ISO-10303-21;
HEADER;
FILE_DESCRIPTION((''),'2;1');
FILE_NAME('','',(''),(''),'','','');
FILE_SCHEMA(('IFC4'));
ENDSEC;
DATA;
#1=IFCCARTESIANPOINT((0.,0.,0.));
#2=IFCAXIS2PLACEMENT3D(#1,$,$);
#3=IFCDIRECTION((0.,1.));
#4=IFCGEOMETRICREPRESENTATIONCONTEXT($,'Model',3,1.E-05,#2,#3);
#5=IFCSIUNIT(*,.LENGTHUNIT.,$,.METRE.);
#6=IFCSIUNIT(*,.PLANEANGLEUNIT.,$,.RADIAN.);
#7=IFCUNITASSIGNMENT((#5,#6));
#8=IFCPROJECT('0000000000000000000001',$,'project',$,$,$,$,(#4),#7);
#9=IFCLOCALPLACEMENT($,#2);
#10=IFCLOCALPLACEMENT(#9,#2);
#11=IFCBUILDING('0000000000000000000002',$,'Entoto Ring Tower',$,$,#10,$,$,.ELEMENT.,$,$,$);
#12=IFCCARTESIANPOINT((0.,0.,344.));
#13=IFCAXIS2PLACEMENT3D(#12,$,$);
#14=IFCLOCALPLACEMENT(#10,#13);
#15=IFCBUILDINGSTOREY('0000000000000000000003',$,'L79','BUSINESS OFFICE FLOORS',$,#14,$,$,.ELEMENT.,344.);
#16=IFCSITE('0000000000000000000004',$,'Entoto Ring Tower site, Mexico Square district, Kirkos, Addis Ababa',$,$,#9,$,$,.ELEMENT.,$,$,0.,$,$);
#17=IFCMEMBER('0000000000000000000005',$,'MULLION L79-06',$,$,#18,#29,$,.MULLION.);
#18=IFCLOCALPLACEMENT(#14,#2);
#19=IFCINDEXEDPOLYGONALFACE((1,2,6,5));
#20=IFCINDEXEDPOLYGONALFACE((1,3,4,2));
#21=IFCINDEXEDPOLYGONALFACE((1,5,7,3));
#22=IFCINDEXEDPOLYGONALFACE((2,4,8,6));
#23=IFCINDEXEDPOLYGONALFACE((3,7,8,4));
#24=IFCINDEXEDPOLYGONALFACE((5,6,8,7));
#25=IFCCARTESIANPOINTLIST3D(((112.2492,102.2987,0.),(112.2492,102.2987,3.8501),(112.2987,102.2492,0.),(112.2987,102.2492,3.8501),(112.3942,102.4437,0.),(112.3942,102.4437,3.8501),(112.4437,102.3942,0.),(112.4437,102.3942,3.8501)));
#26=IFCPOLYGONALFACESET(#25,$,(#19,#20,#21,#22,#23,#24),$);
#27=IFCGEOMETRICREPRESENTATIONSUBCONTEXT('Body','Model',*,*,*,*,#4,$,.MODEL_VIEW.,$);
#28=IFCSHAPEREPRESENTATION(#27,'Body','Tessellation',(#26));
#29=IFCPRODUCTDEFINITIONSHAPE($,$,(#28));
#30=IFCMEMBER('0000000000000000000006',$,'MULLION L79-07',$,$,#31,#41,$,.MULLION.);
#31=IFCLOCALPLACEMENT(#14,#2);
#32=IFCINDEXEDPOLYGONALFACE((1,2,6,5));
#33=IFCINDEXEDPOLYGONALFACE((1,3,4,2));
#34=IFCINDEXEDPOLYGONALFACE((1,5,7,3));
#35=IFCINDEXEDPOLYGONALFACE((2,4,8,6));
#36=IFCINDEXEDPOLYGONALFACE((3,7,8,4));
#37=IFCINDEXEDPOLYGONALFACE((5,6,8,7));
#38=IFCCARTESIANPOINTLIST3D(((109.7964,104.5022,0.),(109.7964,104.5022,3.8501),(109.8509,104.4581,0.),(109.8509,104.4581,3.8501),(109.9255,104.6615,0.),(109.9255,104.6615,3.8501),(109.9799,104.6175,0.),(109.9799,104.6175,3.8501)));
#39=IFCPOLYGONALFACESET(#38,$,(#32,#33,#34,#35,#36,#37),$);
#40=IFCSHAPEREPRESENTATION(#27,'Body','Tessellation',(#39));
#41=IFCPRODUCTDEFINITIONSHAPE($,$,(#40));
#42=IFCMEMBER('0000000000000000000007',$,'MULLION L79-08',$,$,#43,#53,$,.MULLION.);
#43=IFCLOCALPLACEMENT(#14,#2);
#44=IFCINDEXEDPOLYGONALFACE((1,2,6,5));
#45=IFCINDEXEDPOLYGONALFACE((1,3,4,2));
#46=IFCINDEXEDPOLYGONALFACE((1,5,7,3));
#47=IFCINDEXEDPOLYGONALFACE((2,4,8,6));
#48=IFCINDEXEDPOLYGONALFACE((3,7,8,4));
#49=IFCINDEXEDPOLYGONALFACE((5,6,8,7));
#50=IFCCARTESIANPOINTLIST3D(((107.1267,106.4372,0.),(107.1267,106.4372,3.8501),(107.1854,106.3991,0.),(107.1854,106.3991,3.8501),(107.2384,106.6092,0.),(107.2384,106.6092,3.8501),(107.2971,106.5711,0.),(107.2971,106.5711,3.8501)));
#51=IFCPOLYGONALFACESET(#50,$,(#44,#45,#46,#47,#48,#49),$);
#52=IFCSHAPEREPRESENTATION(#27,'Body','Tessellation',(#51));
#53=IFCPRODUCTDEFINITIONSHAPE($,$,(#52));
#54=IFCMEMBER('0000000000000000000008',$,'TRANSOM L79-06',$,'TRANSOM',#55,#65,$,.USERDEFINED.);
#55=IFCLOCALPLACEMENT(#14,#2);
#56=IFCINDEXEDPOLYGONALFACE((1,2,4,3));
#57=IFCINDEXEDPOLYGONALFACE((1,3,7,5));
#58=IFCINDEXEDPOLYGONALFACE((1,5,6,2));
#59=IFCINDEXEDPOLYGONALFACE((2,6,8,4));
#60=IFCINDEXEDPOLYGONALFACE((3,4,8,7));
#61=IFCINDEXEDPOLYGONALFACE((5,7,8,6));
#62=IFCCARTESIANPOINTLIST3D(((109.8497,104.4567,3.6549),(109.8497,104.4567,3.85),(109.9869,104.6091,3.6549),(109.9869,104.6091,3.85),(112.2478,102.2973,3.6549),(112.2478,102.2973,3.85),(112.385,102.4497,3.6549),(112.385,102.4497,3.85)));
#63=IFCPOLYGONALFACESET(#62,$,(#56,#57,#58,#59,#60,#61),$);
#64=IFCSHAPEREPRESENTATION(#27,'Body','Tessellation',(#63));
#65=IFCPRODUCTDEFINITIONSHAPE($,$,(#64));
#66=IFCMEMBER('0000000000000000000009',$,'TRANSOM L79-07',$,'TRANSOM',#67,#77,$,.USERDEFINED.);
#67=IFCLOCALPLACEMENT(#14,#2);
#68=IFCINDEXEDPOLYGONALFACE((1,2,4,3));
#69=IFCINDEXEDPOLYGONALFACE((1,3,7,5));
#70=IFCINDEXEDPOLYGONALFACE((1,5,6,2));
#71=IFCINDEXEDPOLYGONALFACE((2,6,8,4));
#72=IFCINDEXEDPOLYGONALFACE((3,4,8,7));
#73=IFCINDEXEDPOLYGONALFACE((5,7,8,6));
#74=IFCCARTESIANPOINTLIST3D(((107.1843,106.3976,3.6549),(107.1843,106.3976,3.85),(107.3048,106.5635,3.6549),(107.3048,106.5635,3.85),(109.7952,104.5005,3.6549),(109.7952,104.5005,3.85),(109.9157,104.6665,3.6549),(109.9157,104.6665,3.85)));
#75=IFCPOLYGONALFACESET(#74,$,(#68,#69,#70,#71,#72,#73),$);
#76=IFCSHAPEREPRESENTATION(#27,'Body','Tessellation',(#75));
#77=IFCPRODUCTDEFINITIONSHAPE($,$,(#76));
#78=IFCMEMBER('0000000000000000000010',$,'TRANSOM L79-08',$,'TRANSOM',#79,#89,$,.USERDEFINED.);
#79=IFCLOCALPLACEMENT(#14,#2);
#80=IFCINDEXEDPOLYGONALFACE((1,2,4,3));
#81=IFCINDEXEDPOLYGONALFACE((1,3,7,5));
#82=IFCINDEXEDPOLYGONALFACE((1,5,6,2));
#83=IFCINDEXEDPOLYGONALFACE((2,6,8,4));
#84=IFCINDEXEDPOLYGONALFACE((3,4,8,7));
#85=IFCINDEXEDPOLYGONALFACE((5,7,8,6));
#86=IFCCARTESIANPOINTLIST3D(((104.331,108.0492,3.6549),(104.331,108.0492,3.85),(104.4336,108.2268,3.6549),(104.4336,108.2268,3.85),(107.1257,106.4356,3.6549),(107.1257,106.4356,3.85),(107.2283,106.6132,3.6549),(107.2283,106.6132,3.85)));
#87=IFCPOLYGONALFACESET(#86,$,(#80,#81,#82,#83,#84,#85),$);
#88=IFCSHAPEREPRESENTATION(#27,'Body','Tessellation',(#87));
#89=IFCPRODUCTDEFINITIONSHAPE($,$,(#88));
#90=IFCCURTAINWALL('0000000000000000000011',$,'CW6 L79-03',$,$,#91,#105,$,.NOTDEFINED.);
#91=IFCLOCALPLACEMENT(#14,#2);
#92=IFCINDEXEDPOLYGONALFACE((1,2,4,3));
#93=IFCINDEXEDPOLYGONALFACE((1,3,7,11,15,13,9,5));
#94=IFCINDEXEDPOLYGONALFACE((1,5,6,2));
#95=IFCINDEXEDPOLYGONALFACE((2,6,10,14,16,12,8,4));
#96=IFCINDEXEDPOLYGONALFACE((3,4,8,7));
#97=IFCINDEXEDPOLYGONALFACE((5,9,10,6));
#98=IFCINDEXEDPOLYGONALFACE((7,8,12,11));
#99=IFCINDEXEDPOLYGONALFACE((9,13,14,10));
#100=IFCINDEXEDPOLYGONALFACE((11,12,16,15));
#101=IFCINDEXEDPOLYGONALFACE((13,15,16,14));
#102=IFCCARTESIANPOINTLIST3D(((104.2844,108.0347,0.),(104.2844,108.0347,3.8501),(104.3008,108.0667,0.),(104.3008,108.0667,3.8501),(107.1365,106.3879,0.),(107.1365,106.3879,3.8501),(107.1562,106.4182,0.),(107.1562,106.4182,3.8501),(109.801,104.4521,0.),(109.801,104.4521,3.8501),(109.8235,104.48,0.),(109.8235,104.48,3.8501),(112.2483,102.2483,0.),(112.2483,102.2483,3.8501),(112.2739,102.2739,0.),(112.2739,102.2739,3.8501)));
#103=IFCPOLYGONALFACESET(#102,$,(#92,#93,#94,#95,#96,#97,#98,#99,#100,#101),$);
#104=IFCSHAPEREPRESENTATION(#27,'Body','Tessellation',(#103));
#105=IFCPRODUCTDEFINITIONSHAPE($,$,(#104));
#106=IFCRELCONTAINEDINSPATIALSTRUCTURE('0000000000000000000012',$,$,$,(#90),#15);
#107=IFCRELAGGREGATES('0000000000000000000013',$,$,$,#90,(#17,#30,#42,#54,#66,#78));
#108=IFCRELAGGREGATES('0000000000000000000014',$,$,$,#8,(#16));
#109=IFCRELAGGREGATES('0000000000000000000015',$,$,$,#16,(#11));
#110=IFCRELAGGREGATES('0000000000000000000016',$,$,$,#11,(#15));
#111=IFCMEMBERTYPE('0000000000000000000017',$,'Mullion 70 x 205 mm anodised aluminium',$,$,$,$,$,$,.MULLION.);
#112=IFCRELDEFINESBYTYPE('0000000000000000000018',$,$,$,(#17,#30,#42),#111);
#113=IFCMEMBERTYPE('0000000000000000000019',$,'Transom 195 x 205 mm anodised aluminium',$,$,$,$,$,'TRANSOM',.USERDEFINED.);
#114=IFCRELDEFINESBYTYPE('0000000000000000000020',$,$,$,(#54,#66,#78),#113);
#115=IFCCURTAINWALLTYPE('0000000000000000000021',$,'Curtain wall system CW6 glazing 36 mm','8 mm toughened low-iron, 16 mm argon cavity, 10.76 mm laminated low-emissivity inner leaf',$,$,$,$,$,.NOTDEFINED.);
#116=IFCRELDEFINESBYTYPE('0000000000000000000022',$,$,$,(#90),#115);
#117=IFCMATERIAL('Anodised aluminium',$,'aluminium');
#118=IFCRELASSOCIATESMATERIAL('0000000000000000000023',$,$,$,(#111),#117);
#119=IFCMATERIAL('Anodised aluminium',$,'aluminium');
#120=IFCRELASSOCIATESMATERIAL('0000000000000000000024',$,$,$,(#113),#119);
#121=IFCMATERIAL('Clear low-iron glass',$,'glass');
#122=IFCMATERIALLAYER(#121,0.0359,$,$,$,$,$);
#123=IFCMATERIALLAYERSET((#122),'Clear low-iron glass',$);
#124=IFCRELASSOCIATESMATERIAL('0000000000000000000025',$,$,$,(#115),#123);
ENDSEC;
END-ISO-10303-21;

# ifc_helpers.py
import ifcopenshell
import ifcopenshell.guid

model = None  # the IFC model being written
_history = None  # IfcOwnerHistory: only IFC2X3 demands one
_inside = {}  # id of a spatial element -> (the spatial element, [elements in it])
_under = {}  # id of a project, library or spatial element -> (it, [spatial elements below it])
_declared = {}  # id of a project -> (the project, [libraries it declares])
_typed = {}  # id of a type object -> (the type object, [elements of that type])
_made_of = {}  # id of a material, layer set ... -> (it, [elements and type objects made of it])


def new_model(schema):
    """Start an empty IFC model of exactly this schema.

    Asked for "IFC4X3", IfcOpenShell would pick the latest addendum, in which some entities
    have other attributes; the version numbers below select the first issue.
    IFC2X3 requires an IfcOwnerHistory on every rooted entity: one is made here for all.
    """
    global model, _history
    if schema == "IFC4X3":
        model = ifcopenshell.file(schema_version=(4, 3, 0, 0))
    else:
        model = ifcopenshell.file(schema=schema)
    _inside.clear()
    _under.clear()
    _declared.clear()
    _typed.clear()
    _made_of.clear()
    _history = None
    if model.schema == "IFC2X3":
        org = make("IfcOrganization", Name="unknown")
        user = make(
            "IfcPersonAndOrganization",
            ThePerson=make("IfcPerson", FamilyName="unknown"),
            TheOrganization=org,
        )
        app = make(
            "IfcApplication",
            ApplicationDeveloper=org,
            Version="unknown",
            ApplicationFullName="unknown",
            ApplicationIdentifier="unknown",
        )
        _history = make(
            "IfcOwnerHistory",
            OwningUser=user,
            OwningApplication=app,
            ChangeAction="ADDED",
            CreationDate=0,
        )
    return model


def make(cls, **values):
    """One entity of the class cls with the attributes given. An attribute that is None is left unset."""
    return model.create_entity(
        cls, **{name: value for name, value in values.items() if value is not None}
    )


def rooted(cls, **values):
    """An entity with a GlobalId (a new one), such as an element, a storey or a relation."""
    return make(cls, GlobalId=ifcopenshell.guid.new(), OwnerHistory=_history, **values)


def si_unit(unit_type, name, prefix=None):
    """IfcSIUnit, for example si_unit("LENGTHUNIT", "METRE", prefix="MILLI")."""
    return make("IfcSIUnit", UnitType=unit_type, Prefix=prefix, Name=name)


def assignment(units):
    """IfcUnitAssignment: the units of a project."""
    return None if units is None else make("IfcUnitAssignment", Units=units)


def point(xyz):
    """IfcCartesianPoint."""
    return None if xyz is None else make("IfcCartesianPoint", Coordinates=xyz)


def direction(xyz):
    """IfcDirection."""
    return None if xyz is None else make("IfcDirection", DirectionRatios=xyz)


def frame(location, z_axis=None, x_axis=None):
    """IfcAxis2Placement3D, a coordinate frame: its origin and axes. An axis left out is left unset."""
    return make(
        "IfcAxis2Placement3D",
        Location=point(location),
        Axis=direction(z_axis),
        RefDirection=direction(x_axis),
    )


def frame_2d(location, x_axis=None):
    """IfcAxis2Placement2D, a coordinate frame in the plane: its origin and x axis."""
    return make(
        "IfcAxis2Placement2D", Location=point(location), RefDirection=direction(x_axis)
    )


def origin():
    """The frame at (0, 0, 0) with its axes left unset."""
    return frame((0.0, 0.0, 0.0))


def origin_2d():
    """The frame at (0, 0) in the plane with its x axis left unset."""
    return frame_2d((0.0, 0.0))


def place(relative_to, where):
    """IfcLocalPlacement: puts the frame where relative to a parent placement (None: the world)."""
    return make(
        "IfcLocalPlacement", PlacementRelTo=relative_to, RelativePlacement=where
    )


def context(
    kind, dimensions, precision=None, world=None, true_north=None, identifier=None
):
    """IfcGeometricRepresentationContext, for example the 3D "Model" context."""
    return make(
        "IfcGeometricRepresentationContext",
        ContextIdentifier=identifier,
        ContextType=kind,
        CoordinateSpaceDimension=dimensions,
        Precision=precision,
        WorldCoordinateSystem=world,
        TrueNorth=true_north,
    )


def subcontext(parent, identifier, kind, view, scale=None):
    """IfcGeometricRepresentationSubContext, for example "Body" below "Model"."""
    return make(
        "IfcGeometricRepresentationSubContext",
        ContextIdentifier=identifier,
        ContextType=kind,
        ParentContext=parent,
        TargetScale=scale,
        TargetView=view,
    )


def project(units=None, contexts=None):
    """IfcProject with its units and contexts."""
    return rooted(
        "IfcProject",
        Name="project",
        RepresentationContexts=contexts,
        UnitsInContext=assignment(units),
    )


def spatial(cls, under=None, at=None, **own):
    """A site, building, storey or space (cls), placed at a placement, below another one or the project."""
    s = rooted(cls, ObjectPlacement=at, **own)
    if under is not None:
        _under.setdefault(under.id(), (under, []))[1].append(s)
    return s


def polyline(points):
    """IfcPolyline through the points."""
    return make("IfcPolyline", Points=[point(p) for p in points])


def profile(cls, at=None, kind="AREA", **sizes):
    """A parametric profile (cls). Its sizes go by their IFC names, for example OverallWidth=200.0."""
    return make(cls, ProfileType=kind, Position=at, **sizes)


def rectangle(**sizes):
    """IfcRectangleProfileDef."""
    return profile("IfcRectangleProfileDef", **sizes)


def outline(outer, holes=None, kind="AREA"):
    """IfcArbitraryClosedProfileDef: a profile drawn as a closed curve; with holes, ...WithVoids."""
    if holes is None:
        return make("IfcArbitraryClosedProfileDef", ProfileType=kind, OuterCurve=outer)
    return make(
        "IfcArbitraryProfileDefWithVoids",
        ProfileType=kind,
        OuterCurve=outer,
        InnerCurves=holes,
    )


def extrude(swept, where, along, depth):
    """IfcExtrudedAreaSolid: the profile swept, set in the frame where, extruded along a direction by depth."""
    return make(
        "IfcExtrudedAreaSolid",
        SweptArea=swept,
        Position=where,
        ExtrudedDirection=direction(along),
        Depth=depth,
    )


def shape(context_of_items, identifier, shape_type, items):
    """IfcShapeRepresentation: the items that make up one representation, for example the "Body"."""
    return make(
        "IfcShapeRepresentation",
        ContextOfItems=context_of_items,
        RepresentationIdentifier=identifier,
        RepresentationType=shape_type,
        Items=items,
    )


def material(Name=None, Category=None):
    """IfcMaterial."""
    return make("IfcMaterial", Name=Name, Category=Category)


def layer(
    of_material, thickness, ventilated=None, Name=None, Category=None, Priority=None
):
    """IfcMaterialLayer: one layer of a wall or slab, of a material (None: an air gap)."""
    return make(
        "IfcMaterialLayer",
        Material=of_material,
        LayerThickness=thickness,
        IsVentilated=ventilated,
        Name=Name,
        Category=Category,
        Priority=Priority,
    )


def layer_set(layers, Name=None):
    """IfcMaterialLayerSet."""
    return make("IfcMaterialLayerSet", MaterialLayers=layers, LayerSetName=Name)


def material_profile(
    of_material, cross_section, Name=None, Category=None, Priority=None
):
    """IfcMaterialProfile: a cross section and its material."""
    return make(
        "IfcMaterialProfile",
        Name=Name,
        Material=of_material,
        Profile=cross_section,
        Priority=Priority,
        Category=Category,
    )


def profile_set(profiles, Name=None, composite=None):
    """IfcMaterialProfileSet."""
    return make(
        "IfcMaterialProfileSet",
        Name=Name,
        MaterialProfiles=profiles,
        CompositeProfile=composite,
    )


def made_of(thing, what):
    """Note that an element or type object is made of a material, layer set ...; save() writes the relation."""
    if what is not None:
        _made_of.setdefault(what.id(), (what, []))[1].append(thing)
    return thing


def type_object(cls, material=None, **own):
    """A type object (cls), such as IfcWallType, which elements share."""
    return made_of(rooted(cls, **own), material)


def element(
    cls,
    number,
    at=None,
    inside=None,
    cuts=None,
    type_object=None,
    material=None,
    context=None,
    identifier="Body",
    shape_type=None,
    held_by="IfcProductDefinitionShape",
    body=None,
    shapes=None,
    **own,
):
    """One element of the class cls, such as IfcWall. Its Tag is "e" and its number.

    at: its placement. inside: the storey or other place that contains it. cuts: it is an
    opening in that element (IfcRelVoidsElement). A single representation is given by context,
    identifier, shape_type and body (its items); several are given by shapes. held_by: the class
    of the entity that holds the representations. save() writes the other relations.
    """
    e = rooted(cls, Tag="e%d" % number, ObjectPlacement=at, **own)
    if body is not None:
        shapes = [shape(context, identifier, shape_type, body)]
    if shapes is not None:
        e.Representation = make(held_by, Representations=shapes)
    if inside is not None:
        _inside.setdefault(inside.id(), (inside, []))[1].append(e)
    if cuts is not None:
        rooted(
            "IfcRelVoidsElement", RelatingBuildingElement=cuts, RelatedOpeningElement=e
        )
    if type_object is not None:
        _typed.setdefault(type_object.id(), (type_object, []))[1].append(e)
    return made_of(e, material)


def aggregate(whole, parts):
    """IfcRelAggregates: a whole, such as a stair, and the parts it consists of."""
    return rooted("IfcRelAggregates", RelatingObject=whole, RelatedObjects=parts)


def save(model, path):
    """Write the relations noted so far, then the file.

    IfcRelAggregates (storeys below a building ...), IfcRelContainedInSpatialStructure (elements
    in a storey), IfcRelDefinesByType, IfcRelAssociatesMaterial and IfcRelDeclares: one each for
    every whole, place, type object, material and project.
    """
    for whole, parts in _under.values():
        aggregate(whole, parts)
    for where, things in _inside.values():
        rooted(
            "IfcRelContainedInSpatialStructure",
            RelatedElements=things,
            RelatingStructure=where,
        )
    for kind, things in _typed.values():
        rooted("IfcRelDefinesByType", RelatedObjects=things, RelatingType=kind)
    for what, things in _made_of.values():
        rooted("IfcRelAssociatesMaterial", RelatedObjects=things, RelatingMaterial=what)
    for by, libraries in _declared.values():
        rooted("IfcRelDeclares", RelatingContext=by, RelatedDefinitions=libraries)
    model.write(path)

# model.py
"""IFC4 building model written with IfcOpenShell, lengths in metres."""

from ifc_helpers import new_model, si_unit, direction, frame, origin, origin_2d, place, context, subcontext, project, spatial, polyline, rectangle, outline, extrude, material, layer, layer_set, material_profile, profile_set, type_object, element, aggregate, save


model = new_model("IFC4")

# Units and contexts
model_context = context("Model", 3, precision=1e-05, world=origin(), true_north=direction((0.0, 1.0)))
body_context = subcontext(model_context, "Body", "Model", "MODEL_VIEW")
ifc_project = project(units=[si_unit("LENGTHUNIT", "METRE"), si_unit("PLANEANGLEUNIT", "RADIAN")], contexts=[model_context])

# Members
ifc_material_1 = material(Name="Anodised aluminium", Category="aluminium")
ifc_material_profile_1 = material_profile(ifc_material_1, rectangle(XDim=0.0701, YDim=0.2051, at=origin_2d()), Name="Mullion 70 x 205 mm anodised aluminium")
ifc_profile_set_1 = profile_set([ifc_material_profile_1], Name="Anodised aluminium")
member_type_1 = type_object("IfcMemberType", Name="Mullion 70 x 205 mm anodised aluminium", PredefinedType="MULLION", material=ifc_profile_set_1)
site_placement = place(None, origin())
building_placement = place(site_placement, origin())
storey_placement = place(building_placement, frame((0.0, 0.0, 344.0)))
member_1_placement = place(storey_placement, frame((112.3464, 102.3464, 0.0), z_axis=(0.0, 0.0, 1.0), x_axis=(-0.707107, 0.707107, 0.0)))
member_1 = element("IfcMember", 1, at=member_1_placement, type_object=member_type_1, Name="MULLION L79-06", PredefinedType="MULLION", context=body_context, shape_type="SweptSolid", body=[
    extrude(rectangle(XDim=0.0701, YDim=0.2051, at=origin_2d()), origin(), (0.0, 0.0, 1.0), 3.8501),
])
member_2_placement = place(storey_placement, frame((109.8882, 104.5598, 0.0), z_axis=(0.0, 0.0, 1.0), x_axis=(-0.777146, 0.62932, 0.0)))
member_2 = element("IfcMember", 2, at=member_2_placement, type_object=member_type_1, Name="MULLION L79-07", PredefinedType="MULLION", context=body_context, shape_type="SweptSolid", body=[
    extrude(rectangle(XDim=0.0701, YDim=0.2051, at=origin_2d()), origin(), (0.0, 0.0, 1.0), 3.8501),
])
member_3_placement = place(storey_placement, frame((107.2119, 106.5042, 0.0), z_axis=(0.0, 0.0, 1.0), x_axis=(-0.838671, 0.544639, 0.0)))
member_3 = element("IfcMember", 3, at=member_3_placement, type_object=member_type_1, Name="MULLION L79-08", PredefinedType="MULLION", context=body_context, shape_type="SweptSolid", body=[
    extrude(rectangle(XDim=0.0701, YDim=0.2051, at=origin_2d()), origin(), (0.0, 0.0, 1.0), 3.8501),
])
ifc_material_2 = material(Name="Anodised aluminium", Category="aluminium")
ifc_material_profile_2 = material_profile(ifc_material_2, rectangle(XDim=0.2051, YDim=0.1951, at=origin_2d()), Name="Transom 195 x 205 mm anodised aluminium")
ifc_profile_set_2 = profile_set([ifc_material_profile_2], Name="Anodised aluminium")
member_type_2 = type_object("IfcMemberType", Name="Transom 195 x 205 mm anodised aluminium", ElementType="TRANSOM", PredefinedType="USERDEFINED", material=ifc_profile_set_2)
member_4_placement = place(storey_placement, frame((112.3164, 102.3735, 3.7524), z_axis=(-0.743132, 0.669144, 0.0), x_axis=(-0.669144, -0.743132, 0.0)))
member_4 = element("IfcMember", 4, at=member_4_placement, type_object=member_type_2, Name="TRANSOM L79-06", ObjectType="TRANSOM", PredefinedType="USERDEFINED", context=body_context, shape_type="SweptSolid", body=[
    extrude(rectangle(XDim=0.2051, YDim=0.1951, at=origin_2d()), origin(), (0.0, 0.0, 1.0), 3.2271),
])
member_5_placement = place(storey_placement, frame((109.8555, 104.5835, 3.7524), z_axis=(-0.809004, 0.587803, 0.0), x_axis=(-0.587803, -0.809004, 0.0)))
member_5 = element("IfcMember", 5, at=member_5_placement, type_object=member_type_2, Name="TRANSOM L79-07", ObjectType="TRANSOM", PredefinedType="USERDEFINED", context=body_context, shape_type="SweptSolid", body=[
    extrude(rectangle(XDim=0.2051, YDim=0.1951, at=origin_2d()), origin(), (0.0, 0.0, 1.0), 3.2273),
])
member_6_placement = place(storey_placement, frame((107.177, 106.5244, 3.7524), z_axis=(-0.866023, 0.500004, 0.0), x_axis=(-0.500004, -0.866023, 0.0)))
member_6 = element("IfcMember", 6, at=member_6_placement, type_object=member_type_2, Name="TRANSOM L79-08", ObjectType="TRANSOM", PredefinedType="USERDEFINED", context=body_context, shape_type="SweptSolid", body=[
    extrude(rectangle(XDim=0.2051, YDim=0.1951, at=origin_2d()), origin(), (0.0, 0.0, 1.0), 3.2271),
])

# Site, building, storey
site = spatial("IfcSite", under=ifc_project, at=site_placement, Name="Entoto Ring Tower site, Mexico Square district, Kirkos, Addis Ababa", CompositionType="ELEMENT", RefElevation=0.0)
building = spatial("IfcBuilding", under=site, at=building_placement, Name="Entoto Ring Tower", CompositionType="ELEMENT")
storey = spatial("IfcBuildingStorey", under=building, at=storey_placement, Name="L79", Description="BUSINESS OFFICE FLOORS", CompositionType="ELEMENT", Elevation=344.0)

# Curtain wall
ifc_material_3 = material(Name="Clear low-iron glass", Category="glass")
ifc_layer = layer(ifc_material_3, 0.0359)
ifc_layer_set = layer_set([ifc_layer], Name="Clear low-iron glass")
curtain_wall_type = type_object("IfcCurtainWallType", Name="Curtain wall system CW6 glazing 36 mm", Description="8 mm toughened low-iron, 16 mm argon cavity, 10.76 mm laminated low-emissivity inner leaf", PredefinedType="NOTDEFINED", material=ifc_layer_set)
curtain_wall_1_placement = place(storey_placement, origin())
curtain_wall_1 = element("IfcCurtainWall", 7, at=curtain_wall_1_placement, inside=storey, type_object=curtain_wall_type, Name="CW6 L79-03", PredefinedType="NOTDEFINED", context=body_context, shape_type="SweptSolid", body=[
    extrude(outline(polyline([(112.2739, 102.2739), (109.8235, 104.48), (107.1562, 106.4182), (104.3008, 108.0667), (104.2844, 108.0347), (107.1365, 106.3879), (109.801, 104.4521), (112.2483, 102.2483), (112.2739, 102.2739)])), origin(), (0.0, 0.0, 1.0), 3.8501),
])
aggregate(curtain_wall_1, [member_1, member_2, member_3, member_4, member_5, member_6])

save(model, "model.ifc")
